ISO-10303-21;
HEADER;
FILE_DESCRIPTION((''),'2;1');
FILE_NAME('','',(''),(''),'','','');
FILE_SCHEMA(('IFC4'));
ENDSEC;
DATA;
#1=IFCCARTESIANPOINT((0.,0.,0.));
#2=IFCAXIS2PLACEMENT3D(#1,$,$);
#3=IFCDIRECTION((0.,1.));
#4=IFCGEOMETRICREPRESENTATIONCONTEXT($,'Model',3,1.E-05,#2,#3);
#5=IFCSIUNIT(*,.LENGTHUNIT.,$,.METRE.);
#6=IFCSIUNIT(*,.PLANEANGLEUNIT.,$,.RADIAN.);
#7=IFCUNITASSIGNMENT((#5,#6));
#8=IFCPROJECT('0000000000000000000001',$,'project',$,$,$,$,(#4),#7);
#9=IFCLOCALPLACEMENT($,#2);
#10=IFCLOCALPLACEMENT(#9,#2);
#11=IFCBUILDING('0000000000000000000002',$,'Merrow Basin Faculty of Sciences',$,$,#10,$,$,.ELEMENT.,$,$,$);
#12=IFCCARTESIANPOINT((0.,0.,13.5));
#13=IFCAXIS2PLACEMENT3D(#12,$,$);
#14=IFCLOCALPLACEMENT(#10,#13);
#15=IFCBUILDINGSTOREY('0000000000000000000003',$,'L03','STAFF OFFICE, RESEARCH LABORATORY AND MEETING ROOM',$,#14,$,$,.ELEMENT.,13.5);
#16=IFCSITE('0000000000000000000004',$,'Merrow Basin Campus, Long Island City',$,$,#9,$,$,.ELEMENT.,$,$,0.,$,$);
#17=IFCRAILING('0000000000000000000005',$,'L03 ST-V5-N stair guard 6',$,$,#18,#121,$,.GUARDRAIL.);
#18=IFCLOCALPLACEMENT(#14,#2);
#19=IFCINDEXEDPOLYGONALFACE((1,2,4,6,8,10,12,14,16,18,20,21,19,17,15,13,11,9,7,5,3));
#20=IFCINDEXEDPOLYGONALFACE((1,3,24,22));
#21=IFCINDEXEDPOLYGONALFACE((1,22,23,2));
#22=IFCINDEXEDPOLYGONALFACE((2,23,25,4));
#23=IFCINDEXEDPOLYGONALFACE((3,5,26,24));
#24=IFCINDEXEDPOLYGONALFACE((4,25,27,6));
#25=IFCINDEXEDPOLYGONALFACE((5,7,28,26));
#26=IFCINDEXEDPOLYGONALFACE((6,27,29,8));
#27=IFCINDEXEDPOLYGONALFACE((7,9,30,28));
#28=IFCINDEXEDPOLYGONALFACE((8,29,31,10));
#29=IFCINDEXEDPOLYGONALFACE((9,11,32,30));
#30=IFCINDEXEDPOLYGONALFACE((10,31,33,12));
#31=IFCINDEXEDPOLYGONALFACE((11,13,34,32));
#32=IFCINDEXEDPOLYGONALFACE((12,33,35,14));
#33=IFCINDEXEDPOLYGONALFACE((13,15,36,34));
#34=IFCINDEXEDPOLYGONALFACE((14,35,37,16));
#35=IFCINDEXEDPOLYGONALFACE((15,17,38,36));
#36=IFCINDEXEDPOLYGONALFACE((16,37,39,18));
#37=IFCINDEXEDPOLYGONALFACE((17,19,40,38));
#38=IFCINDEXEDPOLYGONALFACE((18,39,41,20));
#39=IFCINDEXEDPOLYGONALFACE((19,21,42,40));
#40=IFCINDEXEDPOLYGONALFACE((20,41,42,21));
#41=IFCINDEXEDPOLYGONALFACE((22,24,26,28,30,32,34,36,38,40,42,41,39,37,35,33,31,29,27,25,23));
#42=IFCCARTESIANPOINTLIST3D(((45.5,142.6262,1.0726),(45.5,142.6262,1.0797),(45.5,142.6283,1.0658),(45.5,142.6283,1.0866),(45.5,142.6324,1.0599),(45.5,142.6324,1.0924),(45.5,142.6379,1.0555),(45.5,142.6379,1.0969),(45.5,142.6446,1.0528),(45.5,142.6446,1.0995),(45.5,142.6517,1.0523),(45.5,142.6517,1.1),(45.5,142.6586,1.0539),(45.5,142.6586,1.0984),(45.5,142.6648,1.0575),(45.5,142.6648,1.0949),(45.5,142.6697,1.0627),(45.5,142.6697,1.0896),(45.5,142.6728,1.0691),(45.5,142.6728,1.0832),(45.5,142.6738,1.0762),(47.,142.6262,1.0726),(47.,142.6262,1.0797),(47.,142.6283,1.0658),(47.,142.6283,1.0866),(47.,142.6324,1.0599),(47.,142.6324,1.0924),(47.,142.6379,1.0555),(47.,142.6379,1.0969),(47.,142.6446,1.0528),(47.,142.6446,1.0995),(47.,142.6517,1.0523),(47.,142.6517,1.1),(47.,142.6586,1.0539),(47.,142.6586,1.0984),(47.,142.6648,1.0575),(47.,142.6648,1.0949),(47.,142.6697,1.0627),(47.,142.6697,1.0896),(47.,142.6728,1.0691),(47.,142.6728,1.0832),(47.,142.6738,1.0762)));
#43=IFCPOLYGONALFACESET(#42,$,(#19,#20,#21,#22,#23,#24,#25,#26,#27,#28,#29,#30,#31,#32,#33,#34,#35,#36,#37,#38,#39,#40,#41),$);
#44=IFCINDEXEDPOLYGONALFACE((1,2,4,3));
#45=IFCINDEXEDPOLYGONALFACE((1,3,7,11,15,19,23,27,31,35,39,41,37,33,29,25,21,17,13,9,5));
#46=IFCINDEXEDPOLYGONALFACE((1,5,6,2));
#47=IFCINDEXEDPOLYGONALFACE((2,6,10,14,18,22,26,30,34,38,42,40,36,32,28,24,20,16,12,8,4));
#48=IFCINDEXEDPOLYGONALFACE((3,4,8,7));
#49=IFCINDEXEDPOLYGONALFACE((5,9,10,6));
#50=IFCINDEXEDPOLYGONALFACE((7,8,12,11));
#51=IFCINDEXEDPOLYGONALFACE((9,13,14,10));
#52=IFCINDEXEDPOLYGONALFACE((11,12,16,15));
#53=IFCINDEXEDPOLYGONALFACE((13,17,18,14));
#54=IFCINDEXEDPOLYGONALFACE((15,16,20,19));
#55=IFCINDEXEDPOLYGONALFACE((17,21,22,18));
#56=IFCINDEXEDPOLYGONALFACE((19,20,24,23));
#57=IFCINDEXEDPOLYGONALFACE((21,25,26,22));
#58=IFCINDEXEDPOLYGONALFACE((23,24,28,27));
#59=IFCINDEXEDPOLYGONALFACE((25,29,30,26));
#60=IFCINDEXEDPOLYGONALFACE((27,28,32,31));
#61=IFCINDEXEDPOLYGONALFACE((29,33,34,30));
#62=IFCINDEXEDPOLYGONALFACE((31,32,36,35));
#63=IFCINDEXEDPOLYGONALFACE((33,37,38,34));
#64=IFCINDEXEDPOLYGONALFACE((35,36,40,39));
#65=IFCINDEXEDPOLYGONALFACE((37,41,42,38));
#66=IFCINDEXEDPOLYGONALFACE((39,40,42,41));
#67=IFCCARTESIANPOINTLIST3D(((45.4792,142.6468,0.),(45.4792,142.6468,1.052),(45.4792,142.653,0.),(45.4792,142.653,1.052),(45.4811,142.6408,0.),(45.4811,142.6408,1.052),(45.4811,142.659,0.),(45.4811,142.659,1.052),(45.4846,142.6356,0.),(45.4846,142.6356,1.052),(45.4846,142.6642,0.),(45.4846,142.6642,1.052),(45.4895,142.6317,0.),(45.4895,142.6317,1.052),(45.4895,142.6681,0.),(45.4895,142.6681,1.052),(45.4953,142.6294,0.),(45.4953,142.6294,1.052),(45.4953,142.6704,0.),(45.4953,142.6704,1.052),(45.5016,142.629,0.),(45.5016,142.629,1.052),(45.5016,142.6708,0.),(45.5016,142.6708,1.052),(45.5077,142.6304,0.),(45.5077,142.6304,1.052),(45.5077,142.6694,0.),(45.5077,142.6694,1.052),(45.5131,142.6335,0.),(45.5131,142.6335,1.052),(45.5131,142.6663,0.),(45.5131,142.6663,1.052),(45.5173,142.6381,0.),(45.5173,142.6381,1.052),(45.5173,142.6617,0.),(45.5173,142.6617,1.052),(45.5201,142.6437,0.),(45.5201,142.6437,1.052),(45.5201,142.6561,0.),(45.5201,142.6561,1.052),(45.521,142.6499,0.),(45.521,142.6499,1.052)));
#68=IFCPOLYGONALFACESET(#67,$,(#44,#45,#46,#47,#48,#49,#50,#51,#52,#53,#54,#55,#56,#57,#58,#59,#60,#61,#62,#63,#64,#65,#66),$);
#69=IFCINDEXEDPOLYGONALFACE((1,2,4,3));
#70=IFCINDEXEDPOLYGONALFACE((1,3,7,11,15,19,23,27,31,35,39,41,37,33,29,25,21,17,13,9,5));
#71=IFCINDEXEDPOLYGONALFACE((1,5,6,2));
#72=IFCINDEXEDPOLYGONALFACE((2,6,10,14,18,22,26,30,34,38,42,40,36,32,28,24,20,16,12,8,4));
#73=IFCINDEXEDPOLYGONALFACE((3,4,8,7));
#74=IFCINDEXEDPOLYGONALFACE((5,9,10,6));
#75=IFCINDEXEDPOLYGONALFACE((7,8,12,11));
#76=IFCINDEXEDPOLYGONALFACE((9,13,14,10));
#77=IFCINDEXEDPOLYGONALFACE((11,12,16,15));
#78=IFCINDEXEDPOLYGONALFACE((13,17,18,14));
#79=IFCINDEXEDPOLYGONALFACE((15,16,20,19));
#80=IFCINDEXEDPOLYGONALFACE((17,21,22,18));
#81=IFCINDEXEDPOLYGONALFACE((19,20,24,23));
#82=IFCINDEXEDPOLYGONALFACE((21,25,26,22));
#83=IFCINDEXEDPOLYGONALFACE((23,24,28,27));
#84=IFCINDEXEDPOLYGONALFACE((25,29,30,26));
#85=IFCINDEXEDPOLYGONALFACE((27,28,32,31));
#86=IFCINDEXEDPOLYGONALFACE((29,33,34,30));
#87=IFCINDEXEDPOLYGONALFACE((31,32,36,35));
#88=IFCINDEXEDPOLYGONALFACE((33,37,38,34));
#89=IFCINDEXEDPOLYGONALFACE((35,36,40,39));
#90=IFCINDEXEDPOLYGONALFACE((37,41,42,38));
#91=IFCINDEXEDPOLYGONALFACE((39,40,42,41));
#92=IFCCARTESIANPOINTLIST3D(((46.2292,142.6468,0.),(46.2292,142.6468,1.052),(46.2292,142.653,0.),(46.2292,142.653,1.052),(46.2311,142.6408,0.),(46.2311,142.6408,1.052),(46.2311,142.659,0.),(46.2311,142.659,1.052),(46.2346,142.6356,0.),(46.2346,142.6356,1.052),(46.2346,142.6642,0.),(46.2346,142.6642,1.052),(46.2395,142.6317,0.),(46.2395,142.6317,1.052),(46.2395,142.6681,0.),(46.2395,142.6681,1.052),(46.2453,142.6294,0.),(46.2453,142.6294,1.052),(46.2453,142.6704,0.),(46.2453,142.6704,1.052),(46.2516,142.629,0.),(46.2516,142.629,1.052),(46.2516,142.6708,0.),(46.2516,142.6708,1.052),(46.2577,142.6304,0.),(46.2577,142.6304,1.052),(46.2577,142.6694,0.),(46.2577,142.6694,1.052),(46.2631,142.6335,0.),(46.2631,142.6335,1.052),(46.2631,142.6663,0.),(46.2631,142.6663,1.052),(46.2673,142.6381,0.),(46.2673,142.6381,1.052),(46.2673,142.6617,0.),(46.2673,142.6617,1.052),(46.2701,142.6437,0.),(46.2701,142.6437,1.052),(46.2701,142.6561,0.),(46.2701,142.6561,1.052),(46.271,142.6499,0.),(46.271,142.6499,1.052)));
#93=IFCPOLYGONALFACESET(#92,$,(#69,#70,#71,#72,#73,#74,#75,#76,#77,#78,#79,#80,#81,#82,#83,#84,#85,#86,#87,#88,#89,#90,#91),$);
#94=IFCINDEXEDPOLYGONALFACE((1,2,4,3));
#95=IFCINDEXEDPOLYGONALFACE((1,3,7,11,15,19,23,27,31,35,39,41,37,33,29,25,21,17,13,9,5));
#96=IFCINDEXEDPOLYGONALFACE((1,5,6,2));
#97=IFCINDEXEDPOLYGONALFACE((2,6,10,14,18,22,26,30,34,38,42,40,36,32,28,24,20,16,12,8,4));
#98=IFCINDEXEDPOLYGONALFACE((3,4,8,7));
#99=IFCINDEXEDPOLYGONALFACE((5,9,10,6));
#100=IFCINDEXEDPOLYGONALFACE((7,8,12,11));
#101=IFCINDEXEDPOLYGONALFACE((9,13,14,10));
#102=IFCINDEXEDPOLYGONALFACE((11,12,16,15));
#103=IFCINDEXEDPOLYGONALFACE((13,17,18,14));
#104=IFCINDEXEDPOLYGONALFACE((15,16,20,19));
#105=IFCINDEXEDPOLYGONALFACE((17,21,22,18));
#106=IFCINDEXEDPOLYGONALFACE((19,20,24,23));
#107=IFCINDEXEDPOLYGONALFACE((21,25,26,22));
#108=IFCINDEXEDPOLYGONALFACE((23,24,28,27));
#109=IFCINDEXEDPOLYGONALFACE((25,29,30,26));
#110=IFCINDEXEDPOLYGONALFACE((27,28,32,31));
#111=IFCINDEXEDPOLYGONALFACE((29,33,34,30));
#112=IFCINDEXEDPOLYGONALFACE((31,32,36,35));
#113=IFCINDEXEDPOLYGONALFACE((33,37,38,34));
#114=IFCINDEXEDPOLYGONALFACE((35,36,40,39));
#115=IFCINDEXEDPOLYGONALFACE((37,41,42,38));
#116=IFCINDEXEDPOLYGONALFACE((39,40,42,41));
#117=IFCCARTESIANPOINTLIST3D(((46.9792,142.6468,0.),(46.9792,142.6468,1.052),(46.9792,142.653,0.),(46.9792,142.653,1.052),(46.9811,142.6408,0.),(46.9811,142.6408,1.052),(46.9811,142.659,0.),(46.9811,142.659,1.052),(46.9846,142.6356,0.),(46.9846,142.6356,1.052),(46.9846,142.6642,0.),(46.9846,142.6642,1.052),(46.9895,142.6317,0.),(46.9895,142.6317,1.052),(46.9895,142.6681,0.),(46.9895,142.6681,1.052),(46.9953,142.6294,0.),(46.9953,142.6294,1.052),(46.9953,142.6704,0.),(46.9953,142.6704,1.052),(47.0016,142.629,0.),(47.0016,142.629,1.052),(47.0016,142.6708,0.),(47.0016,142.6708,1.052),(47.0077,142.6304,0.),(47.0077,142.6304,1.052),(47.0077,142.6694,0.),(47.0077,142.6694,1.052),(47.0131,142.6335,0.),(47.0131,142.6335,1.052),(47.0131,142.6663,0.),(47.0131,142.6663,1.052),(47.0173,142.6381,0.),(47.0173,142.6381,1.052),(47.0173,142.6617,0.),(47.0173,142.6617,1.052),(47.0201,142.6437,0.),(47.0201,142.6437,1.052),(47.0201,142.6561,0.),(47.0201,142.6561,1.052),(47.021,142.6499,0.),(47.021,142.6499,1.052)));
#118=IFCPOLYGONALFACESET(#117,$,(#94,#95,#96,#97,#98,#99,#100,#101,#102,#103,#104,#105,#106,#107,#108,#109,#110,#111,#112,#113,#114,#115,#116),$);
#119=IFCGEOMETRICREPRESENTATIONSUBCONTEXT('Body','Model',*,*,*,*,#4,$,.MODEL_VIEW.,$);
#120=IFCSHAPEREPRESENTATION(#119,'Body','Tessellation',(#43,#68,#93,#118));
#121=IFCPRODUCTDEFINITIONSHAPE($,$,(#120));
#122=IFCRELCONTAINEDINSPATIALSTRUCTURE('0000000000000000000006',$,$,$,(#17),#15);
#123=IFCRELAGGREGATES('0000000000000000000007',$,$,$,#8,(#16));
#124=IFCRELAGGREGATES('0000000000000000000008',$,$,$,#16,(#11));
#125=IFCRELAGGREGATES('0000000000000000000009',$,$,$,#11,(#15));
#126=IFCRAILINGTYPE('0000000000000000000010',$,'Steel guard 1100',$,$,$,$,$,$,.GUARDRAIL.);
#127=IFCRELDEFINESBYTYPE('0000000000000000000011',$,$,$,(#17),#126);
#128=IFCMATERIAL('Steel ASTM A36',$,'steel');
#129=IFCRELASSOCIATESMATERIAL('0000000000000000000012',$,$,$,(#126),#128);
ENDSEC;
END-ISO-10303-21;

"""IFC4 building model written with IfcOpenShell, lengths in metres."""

from ifc_helpers import new_model, si_unit, direction, frame, origin, origin_2d, place, context, subcontext, project, spatial, circle, extrude, material, type_object, element, save


model = new_model("IFC4")

# Units and contexts
model_context = context("Model", 3, precision=1e-05, world=origin(), true_north=direction((0.0, 1.0)))
body_context = subcontext(model_context, "Body", "Model", "MODEL_VIEW")
ifc_project = project(units=[si_unit("LENGTHUNIT", "METRE"), si_unit("PLANEANGLEUNIT", "RADIAN")], contexts=[model_context])

# Site, building, storey
site_placement = place(None, origin())
site = spatial("IfcSite", under=ifc_project, at=site_placement, Name="Merrow Basin Campus, Long Island City", CompositionType="ELEMENT", RefElevation=0.0)
building_placement = place(site_placement, origin())
building = spatial("IfcBuilding", under=site, at=building_placement, Name="Merrow Basin Faculty of Sciences", CompositionType="ELEMENT")
storey_placement = place(building_placement, frame((0.0, 0.0, 13.5)))
storey = spatial("IfcBuildingStorey", under=building, at=storey_placement, Name="L03", Description="STAFF OFFICE, RESEARCH LABORATORY AND MEETING ROOM", CompositionType="ELEMENT", Elevation=13.5)

# Railing
ifc_material_1 = material(Name="Steel ASTM A36", Category="steel")
railing_type = type_object("IfcRailingType", Name="Steel guard 1100", PredefinedType="GUARDRAIL", material=ifc_material_1)
railing_placement = place(storey_placement, frame((45.5, 142.6499, 0.0)))
element("IfcRailing", 1, at=railing_placement, inside=storey, type_object=railing_type, Name="L03 ST-V5-N stair guard 6", PredefinedType="GUARDRAIL", context=body_context, shape_type="SweptSolid", body=[
    extrude(circle(Radius=0.0239, at=origin_2d()), frame((0.0, 0.0, 1.0762), z_axis=(1.0, 0.0, 0.0), x_axis=(0.0, 1.0, 0.0)), (0.0, 0.0, 1.0), 1.5),
    extrude(circle(Radius=0.021, at=origin_2d()), origin(), (0.0, 0.0, 1.0), 1.052),
    extrude(circle(Radius=0.021, at=origin_2d()), frame((0.75, 0.0, 0.0)), (0.0, 0.0, 1.0), 1.052),
    extrude(circle(Radius=0.021, at=origin_2d()), frame((1.5, 0.0, 0.0)), (0.0, 0.0, 1.0), 1.052),
])

save(model, "model.ifc")
